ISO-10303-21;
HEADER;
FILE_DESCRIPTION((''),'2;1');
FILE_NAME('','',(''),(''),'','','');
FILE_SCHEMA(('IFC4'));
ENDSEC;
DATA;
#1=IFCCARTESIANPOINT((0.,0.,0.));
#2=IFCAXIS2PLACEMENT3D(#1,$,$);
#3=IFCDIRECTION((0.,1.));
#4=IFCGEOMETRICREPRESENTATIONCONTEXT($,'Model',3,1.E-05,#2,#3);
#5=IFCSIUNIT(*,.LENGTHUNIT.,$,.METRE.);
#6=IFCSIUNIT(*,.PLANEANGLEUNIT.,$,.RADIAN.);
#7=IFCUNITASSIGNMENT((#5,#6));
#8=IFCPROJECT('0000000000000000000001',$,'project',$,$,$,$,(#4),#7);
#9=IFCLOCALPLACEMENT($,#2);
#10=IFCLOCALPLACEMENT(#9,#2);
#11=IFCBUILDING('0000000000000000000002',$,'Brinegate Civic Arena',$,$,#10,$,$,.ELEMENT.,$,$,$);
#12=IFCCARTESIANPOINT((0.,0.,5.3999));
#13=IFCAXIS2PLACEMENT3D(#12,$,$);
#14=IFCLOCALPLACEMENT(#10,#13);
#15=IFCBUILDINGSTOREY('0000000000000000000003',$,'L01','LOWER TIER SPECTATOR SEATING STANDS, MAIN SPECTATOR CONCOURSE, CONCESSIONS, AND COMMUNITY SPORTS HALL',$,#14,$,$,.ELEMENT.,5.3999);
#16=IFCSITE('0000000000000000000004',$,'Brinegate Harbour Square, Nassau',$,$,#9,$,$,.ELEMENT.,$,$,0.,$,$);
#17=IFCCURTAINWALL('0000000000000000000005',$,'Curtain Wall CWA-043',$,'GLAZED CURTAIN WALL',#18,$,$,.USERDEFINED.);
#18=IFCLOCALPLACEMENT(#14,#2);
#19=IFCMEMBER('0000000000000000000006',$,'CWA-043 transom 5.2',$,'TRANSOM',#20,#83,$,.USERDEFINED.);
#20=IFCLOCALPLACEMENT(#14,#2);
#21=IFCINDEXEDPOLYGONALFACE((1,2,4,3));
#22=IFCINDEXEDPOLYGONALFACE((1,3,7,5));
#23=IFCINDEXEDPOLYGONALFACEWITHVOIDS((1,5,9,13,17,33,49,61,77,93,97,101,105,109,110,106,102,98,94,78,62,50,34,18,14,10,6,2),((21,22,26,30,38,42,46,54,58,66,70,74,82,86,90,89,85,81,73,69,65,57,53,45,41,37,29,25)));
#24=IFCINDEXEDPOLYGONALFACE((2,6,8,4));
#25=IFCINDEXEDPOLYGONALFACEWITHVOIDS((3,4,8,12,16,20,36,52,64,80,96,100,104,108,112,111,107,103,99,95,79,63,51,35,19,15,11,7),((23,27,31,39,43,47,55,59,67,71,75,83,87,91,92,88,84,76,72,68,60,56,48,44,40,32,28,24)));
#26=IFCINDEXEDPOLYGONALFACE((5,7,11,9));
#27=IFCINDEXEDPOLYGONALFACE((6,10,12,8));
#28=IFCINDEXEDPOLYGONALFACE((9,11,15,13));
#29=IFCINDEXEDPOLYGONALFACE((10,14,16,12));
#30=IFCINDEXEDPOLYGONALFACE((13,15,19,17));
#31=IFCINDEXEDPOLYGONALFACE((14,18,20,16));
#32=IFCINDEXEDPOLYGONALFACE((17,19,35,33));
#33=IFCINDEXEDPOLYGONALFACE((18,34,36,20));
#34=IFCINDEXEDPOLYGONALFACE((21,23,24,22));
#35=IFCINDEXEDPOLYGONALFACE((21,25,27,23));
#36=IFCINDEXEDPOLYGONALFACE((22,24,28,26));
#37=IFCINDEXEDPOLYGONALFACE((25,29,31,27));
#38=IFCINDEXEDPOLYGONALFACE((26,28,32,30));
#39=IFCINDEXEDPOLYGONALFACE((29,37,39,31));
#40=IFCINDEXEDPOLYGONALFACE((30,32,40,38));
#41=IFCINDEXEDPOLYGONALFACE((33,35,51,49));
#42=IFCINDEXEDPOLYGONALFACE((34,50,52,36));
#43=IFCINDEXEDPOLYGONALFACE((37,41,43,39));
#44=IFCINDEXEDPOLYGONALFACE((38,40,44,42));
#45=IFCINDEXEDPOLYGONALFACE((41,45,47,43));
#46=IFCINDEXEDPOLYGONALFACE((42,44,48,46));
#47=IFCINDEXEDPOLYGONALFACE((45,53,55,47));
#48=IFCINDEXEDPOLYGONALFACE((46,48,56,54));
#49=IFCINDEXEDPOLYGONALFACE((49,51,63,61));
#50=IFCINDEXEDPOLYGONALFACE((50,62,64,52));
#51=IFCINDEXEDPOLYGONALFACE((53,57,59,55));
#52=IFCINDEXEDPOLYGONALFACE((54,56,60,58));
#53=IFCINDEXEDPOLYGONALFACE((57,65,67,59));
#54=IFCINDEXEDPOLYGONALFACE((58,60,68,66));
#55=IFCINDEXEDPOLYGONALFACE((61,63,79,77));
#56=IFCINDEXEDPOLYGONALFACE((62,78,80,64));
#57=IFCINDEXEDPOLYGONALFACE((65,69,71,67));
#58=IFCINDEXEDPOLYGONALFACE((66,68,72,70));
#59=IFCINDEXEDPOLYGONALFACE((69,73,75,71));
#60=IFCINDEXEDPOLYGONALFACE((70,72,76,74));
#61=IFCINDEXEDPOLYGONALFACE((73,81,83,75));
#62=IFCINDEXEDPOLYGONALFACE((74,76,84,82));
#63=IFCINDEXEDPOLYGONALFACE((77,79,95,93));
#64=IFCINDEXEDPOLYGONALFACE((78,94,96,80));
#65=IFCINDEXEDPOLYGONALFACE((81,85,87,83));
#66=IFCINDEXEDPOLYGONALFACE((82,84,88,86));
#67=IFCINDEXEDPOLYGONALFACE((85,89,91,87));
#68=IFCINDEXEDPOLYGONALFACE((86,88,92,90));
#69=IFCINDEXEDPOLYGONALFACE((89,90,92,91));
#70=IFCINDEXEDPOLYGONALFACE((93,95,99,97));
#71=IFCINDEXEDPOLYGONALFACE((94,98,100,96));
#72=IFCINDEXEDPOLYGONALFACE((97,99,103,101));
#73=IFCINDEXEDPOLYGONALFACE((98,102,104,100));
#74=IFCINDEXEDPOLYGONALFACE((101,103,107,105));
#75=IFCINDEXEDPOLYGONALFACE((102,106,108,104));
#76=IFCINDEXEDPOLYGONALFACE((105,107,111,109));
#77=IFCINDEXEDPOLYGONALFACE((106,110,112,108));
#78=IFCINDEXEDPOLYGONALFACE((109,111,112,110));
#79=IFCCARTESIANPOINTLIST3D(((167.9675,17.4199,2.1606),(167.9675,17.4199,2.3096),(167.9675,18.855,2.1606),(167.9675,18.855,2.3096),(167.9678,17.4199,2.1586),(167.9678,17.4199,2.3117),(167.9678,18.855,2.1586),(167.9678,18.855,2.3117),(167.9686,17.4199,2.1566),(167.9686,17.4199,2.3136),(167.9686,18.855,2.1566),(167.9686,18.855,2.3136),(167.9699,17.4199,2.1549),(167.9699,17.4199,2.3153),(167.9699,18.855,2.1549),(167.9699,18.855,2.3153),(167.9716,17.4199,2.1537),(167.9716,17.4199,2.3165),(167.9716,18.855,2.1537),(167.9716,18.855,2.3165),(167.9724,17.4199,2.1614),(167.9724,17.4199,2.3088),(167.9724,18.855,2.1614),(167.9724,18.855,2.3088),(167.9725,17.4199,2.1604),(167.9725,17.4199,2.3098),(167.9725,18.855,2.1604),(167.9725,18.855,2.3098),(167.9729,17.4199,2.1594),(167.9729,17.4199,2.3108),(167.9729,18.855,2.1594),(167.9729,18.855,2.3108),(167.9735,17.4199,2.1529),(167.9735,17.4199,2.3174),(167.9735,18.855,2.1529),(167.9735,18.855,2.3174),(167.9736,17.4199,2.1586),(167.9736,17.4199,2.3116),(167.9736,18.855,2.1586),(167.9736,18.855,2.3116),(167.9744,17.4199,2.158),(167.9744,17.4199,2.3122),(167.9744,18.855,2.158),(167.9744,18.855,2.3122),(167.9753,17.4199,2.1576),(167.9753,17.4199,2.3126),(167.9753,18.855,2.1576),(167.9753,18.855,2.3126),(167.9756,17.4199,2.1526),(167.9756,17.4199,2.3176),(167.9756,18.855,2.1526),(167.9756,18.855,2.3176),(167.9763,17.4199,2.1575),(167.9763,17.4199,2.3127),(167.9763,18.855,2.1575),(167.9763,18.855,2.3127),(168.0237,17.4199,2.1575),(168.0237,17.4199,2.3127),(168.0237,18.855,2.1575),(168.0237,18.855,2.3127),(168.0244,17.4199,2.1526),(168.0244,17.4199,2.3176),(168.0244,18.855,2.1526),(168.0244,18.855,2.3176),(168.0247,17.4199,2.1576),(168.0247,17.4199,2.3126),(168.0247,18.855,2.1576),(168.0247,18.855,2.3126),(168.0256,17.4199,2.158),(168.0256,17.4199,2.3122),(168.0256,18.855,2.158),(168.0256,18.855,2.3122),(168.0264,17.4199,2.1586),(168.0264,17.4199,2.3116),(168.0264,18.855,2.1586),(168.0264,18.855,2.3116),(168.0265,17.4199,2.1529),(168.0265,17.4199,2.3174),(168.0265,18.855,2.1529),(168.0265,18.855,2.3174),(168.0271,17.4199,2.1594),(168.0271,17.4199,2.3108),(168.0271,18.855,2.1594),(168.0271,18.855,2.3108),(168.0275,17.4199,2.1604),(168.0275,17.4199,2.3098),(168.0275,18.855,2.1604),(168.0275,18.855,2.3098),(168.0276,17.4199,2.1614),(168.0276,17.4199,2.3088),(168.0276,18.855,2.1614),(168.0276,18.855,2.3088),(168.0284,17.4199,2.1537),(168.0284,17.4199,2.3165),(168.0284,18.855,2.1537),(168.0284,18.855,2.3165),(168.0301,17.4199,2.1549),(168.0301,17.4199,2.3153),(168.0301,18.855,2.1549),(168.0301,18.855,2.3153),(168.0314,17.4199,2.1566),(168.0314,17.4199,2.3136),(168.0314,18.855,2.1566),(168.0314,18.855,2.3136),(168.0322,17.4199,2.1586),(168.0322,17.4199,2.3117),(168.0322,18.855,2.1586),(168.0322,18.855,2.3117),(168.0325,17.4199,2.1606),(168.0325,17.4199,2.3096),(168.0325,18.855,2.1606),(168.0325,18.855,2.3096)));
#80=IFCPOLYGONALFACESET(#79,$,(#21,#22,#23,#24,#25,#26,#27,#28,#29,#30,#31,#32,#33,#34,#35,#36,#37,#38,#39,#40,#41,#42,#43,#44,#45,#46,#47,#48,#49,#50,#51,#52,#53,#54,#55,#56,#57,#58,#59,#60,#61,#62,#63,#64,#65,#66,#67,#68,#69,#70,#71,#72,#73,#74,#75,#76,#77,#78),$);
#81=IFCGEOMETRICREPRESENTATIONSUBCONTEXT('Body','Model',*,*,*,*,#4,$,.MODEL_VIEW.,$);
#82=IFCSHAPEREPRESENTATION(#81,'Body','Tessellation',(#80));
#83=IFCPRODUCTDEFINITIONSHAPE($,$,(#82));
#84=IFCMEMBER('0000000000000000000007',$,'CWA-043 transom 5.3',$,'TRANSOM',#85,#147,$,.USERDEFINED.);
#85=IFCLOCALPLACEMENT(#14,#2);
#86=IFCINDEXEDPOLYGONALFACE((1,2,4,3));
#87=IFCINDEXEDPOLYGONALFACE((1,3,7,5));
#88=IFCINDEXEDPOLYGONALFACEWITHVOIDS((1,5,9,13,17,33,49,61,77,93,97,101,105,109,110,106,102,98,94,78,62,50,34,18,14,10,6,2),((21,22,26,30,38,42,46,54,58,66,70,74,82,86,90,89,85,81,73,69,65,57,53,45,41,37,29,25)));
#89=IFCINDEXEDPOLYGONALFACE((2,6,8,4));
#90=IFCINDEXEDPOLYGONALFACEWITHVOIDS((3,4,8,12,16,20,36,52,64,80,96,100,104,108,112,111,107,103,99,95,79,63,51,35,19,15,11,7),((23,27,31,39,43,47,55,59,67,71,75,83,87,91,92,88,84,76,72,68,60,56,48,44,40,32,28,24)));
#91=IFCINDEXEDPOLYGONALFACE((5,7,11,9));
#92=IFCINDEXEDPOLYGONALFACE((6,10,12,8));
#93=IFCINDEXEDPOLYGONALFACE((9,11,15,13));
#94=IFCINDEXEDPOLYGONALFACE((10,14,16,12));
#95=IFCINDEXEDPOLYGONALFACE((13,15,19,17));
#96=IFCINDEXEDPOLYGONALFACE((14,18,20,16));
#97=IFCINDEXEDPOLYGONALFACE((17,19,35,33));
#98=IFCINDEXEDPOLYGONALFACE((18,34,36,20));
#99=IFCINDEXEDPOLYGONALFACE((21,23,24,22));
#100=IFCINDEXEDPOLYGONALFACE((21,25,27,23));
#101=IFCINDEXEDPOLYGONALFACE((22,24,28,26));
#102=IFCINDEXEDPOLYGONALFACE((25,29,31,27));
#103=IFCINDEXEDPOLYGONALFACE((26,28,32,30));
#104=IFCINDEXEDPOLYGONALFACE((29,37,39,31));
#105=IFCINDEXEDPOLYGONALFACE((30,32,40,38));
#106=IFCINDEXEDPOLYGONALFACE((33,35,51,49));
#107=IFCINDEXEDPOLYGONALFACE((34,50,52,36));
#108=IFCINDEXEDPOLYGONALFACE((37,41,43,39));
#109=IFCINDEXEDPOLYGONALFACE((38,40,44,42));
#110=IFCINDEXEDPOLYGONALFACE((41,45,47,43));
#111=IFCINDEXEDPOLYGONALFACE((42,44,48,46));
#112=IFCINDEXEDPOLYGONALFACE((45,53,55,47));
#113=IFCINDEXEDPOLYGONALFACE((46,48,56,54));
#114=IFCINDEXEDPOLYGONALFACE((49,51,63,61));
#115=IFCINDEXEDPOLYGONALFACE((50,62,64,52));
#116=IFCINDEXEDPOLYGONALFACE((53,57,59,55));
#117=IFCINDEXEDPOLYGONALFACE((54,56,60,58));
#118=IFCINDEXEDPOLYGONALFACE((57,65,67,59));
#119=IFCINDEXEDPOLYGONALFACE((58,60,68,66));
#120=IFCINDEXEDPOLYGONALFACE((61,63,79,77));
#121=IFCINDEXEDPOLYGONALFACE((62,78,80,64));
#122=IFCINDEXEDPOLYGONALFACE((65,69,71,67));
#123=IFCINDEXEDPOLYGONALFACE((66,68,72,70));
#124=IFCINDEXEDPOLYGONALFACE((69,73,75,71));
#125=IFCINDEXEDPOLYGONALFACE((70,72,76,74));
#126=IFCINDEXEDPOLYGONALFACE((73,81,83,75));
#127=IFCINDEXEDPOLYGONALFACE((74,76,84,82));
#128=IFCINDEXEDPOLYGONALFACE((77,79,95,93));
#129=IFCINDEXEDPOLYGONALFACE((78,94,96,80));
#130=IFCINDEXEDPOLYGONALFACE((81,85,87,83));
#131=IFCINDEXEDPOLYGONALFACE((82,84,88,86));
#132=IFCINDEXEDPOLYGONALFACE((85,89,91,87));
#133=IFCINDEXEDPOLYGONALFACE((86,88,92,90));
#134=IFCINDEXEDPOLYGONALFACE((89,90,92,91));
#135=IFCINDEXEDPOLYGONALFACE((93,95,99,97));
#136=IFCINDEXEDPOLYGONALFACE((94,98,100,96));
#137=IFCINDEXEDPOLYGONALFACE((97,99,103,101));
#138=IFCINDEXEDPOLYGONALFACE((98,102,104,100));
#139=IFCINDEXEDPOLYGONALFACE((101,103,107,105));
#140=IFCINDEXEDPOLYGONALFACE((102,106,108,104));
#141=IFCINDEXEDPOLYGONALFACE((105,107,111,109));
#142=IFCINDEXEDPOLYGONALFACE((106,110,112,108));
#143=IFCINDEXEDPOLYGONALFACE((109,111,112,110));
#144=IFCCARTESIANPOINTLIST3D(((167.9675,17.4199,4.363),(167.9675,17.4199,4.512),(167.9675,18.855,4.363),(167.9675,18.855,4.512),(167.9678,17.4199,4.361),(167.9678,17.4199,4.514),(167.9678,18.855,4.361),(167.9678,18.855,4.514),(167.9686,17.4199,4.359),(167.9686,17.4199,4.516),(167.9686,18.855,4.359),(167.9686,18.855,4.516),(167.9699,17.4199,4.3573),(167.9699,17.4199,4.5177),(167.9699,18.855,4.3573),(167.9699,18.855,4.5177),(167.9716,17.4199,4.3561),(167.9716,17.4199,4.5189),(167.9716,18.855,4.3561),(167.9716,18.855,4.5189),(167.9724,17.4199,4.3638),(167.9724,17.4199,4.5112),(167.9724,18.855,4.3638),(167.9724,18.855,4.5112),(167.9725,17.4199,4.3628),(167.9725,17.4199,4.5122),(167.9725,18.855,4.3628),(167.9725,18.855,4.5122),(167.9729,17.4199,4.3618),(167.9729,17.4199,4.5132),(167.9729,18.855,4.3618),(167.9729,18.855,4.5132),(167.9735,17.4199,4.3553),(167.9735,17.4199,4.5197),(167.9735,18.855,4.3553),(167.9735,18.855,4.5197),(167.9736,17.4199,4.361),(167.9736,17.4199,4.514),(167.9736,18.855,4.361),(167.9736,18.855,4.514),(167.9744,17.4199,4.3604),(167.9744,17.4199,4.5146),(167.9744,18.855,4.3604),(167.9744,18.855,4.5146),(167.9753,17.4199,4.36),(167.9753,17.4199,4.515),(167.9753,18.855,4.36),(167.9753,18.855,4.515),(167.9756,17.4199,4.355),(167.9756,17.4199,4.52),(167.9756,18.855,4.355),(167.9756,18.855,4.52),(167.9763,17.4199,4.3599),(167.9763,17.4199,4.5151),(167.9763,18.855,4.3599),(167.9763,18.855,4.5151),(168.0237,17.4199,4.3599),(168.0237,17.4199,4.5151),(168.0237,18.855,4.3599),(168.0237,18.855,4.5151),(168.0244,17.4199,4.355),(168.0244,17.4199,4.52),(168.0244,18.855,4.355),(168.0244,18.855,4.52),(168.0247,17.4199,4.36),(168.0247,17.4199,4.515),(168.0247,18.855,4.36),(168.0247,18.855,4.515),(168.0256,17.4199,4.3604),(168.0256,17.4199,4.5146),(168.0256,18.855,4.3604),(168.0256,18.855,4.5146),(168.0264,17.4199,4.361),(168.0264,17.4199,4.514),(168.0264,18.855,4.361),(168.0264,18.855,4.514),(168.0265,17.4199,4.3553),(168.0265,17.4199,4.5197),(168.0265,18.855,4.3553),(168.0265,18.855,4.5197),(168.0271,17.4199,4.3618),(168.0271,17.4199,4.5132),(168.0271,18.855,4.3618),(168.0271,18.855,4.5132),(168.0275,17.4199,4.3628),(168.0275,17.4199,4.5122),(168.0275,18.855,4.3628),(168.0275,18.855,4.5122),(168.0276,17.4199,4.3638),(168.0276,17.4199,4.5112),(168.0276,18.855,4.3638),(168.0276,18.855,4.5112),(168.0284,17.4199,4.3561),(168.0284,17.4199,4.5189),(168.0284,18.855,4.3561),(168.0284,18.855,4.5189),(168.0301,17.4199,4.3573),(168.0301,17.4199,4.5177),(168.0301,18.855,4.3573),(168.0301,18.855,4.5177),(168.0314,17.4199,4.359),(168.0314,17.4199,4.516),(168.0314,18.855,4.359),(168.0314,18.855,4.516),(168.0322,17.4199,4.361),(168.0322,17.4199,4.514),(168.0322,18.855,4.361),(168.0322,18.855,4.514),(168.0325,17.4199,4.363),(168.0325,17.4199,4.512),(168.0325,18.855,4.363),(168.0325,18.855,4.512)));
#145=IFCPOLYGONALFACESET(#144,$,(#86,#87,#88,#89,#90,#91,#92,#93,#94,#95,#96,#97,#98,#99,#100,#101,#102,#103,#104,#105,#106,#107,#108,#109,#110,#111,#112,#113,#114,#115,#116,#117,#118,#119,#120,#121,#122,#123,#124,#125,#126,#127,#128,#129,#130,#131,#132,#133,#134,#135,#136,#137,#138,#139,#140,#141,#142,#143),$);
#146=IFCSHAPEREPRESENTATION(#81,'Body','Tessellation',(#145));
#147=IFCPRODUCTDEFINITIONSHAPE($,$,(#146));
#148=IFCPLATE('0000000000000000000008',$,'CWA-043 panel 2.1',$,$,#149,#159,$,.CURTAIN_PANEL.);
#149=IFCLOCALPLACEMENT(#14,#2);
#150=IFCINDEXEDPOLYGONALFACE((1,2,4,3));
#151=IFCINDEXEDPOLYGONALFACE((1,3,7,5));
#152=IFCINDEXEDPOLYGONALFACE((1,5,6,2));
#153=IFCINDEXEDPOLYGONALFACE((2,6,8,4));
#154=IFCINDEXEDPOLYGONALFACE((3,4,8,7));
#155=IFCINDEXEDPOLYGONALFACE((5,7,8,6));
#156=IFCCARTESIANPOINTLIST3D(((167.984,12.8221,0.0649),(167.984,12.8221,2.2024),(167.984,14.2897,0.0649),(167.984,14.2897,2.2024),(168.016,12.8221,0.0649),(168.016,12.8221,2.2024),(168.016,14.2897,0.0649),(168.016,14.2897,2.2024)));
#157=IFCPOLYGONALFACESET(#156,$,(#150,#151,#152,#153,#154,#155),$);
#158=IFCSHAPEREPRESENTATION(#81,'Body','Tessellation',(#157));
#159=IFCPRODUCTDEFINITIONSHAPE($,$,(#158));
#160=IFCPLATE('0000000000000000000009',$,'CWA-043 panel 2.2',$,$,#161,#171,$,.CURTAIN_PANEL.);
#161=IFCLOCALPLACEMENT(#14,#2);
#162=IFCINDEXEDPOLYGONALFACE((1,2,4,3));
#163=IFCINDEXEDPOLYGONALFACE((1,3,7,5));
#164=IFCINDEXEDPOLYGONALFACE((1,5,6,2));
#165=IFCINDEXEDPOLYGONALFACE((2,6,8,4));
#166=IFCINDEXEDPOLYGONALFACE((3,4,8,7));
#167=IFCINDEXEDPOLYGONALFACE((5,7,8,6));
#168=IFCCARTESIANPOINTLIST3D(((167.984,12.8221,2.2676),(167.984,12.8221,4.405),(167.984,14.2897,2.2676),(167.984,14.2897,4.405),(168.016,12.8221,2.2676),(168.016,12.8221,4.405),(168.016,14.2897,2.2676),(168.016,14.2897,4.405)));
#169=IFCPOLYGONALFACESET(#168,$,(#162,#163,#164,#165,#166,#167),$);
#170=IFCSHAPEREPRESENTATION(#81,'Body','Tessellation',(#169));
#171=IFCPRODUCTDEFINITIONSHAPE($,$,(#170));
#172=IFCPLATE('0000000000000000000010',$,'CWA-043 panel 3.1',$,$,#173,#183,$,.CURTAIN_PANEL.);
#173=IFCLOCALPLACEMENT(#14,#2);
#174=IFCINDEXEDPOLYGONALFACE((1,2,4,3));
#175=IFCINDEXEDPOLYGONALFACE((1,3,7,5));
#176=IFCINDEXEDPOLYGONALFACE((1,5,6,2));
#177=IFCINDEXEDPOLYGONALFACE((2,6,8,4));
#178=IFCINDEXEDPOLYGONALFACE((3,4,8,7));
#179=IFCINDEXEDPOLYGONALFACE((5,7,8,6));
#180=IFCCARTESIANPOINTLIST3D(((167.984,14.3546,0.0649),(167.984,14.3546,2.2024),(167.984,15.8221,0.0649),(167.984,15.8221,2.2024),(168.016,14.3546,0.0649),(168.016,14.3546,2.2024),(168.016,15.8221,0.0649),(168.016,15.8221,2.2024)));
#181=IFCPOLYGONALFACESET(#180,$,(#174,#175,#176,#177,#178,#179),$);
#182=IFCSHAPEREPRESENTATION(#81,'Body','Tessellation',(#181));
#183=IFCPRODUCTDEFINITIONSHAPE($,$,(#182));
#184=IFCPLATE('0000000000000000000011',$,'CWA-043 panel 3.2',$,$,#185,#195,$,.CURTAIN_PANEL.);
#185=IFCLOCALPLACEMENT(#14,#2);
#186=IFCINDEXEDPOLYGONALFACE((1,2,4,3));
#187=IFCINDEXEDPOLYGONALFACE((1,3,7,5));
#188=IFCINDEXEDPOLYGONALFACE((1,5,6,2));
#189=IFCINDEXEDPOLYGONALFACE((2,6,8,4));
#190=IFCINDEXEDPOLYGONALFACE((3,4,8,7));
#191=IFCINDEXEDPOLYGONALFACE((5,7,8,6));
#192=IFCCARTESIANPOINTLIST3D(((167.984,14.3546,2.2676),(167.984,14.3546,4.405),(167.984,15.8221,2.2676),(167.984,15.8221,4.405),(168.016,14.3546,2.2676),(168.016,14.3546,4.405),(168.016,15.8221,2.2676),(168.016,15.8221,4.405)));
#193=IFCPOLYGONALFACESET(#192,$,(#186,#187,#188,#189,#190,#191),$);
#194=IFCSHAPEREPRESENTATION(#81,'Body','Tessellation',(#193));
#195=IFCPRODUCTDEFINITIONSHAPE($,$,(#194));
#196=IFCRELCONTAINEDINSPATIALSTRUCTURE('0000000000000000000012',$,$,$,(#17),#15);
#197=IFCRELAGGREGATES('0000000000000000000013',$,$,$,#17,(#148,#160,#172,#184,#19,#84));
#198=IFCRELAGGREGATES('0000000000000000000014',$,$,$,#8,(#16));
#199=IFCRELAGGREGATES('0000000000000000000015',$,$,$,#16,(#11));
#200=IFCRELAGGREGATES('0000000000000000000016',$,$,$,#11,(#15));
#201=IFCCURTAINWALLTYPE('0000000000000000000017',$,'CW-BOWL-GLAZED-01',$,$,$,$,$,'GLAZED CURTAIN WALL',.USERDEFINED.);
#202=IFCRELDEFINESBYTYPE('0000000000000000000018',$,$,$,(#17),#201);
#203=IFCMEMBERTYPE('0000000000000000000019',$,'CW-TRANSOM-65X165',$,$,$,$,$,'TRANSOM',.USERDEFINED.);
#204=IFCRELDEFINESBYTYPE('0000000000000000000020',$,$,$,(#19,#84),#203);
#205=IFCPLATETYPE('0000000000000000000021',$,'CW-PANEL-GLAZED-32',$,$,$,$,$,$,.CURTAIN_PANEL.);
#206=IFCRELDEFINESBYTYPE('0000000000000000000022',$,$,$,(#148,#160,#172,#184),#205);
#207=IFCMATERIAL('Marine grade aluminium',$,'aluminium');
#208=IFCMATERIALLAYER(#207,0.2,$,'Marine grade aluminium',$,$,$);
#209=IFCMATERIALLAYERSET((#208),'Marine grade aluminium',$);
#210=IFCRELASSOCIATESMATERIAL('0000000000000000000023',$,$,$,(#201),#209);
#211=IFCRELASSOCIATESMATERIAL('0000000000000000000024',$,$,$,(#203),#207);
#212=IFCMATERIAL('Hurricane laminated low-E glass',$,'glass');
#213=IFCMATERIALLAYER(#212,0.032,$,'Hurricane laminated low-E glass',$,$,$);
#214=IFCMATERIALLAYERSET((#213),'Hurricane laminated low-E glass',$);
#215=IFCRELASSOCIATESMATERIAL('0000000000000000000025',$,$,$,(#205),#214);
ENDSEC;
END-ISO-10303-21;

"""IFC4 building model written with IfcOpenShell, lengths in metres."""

from ifc_helpers import new_model, si_unit, direction, frame, origin, origin_2d, place, context, subcontext, project, spatial, rectangle, hollow_rectangle, extrude, material, layer, layer_set, material_profile, profile_set, type_object, element, aggregate, save


model = new_model("IFC4")

# Units and contexts
model_context = context("Model", 3, precision=1e-05, world=origin(), true_north=direction((0.0, 1.0)))
body_context = subcontext(model_context, "Body", "Model", "MODEL_VIEW")
ifc_project = project(units=[si_unit("LENGTHUNIT", "METRE"), si_unit("PLANEANGLEUNIT", "RADIAN")], contexts=[model_context])

# Site, building, storey
site_placement = place(None, origin())
site = spatial("IfcSite", under=ifc_project, at=site_placement, Name="Brinegate Harbour Square, Nassau", CompositionType="ELEMENT", RefElevation=0.0)
building_placement = place(site_placement, origin())
building = spatial("IfcBuilding", under=site, at=building_placement, Name="Brinegate Civic Arena", CompositionType="ELEMENT")
storey_placement = place(building_placement, frame((0.0, 0.0, 5.3999)))
storey = spatial("IfcBuildingStorey", under=building, at=storey_placement, Name="L01", Description="LOWER TIER SPECTATOR SEATING STANDS, MAIN SPECTATOR CONCOURSE, CONCESSIONS, AND COMMUNITY SPORTS HALL", CompositionType="ELEMENT", Elevation=5.3999)

# Curtain wall, members, plates
ifc_material_1 = material(Name="Marine grade aluminium", Category="aluminium")
ifc_layer_1 = layer(ifc_material_1, 0.2, Name="Marine grade aluminium")
ifc_layer_set_1 = layer_set([ifc_layer_1], Name="Marine grade aluminium")
curtain_wall_type = type_object("IfcCurtainWallType", Name="CW-BOWL-GLAZED-01", ElementType="GLAZED CURTAIN WALL", PredefinedType="USERDEFINED", material=ifc_layer_set_1)
curtain_wall_placement = place(storey_placement, origin())
curtain_wall = element("IfcCurtainWall", 1, at=curtain_wall_placement, inside=storey, type_object=curtain_wall_type, Name="Curtain Wall CWA-043", ObjectType="GLAZED CURTAIN WALL", PredefinedType="USERDEFINED")
ifc_material_profile_1 = material_profile(ifc_material_1, hollow_rectangle(XDim=0.0649, YDim=0.165, WallThickness=0.0049, InnerFilletRadius=0.0039, OuterFilletRadius=0.0081, at=origin_2d()), Name="TRN65X165")
ifc_profile_set_1 = profile_set([ifc_material_profile_1], Name="Marine grade aluminium")
member_type_1 = type_object("IfcMemberType", Name="CW-TRANSOM-65X165", ElementType="TRANSOM", PredefinedType="USERDEFINED", material=ifc_profile_set_1)
member_1_placement = place(storey_placement, frame((168.0, 17.4199, 2.2351), z_axis=(0.0, 1.0, 0.0), x_axis=(-1.0, 0.0, 0.0)))
member_1 = element("IfcMember", 2, at=member_1_placement, type_object=member_type_1, Name="CWA-043 transom 5.2", ObjectType="TRANSOM", PredefinedType="USERDEFINED", context=body_context, shape_type="SweptSolid", body=[
    extrude(hollow_rectangle(XDim=0.0649, YDim=0.165, WallThickness=0.0049, InnerFilletRadius=0.0039, OuterFilletRadius=0.0081, at=origin_2d()), origin(), (0.0, 0.0, 1.0), 1.4351),
])
member_2_placement = place(storey_placement, frame((168.0, 17.4199, 4.4375), z_axis=(0.0, 1.0, 0.0), x_axis=(-1.0, 0.0, 0.0)))
member_2 = element("IfcMember", 3, at=member_2_placement, type_object=member_type_1, Name="CWA-043 transom 5.3", ObjectType="TRANSOM", PredefinedType="USERDEFINED", context=body_context, shape_type="SweptSolid", body=[
    extrude(hollow_rectangle(XDim=0.0649, YDim=0.165, WallThickness=0.0049, InnerFilletRadius=0.0039, OuterFilletRadius=0.0081, at=origin_2d()), origin(), (0.0, 0.0, 1.0), 1.4351),
])
ifc_material_2 = material(Name="Hurricane laminated low-E glass", Category="glass")
ifc_layer_2 = layer(ifc_material_2, 0.032, Name="Hurricane laminated low-E glass")
ifc_layer_set_2 = layer_set([ifc_layer_2], Name="Hurricane laminated low-E glass")
plate_type = type_object("IfcPlateType", Name="CW-PANEL-GLAZED-32", PredefinedType="CURTAIN_PANEL", material=ifc_layer_set_2)
plate_1_placement = place(storey_placement, frame((168.0, 13.5559, 0.0649), z_axis=(0.0, 0.0, 1.0), x_axis=(0.0, 1.0, 0.0)))
plate_1 = element("IfcPlate", 4, at=plate_1_placement, type_object=plate_type, Name="CWA-043 panel 2.1", PredefinedType="CURTAIN_PANEL", context=body_context, shape_type="SweptSolid", body=[
    extrude(rectangle(XDim=1.4675, YDim=0.032, at=origin_2d()), origin(), (0.0, 0.0, 1.0), 2.1375),
])
plate_2_placement = place(storey_placement, frame((168.0, 13.5559, 2.2676), z_axis=(0.0, 0.0, 1.0), x_axis=(0.0, 1.0, 0.0)))
plate_2 = element("IfcPlate", 5, at=plate_2_placement, type_object=plate_type, Name="CWA-043 panel 2.2", PredefinedType="CURTAIN_PANEL", context=body_context, shape_type="SweptSolid", body=[
    extrude(rectangle(XDim=1.4675, YDim=0.032, at=origin_2d()), origin(), (0.0, 0.0, 1.0), 2.1375),
])
plate_3_placement = place(storey_placement, frame((168.0, 15.0884, 0.0649), z_axis=(0.0, 0.0, 1.0), x_axis=(0.0, 1.0, 0.0)))
plate_3 = element("IfcPlate", 6, at=plate_3_placement, type_object=plate_type, Name="CWA-043 panel 3.1", PredefinedType="CURTAIN_PANEL", context=body_context, shape_type="SweptSolid", body=[
    extrude(rectangle(XDim=1.4675, YDim=0.032, at=origin_2d()), origin(), (0.0, 0.0, 1.0), 2.1375),
])
plate_4_placement = place(storey_placement, frame((168.0, 15.0884, 2.2676), z_axis=(0.0, 0.0, 1.0), x_axis=(0.0, 1.0, 0.0)))
plate_4 = element("IfcPlate", 7, at=plate_4_placement, type_object=plate_type, Name="CWA-043 panel 3.2", PredefinedType="CURTAIN_PANEL", context=body_context, shape_type="SweptSolid", body=[
    extrude(rectangle(XDim=1.4675, YDim=0.032, at=origin_2d()), origin(), (0.0, 0.0, 1.0), 2.1375),
])
aggregate(curtain_wall, [plate_1, plate_2, plate_3, plate_4, member_1, member_2])

save(model, "model.ifc")
